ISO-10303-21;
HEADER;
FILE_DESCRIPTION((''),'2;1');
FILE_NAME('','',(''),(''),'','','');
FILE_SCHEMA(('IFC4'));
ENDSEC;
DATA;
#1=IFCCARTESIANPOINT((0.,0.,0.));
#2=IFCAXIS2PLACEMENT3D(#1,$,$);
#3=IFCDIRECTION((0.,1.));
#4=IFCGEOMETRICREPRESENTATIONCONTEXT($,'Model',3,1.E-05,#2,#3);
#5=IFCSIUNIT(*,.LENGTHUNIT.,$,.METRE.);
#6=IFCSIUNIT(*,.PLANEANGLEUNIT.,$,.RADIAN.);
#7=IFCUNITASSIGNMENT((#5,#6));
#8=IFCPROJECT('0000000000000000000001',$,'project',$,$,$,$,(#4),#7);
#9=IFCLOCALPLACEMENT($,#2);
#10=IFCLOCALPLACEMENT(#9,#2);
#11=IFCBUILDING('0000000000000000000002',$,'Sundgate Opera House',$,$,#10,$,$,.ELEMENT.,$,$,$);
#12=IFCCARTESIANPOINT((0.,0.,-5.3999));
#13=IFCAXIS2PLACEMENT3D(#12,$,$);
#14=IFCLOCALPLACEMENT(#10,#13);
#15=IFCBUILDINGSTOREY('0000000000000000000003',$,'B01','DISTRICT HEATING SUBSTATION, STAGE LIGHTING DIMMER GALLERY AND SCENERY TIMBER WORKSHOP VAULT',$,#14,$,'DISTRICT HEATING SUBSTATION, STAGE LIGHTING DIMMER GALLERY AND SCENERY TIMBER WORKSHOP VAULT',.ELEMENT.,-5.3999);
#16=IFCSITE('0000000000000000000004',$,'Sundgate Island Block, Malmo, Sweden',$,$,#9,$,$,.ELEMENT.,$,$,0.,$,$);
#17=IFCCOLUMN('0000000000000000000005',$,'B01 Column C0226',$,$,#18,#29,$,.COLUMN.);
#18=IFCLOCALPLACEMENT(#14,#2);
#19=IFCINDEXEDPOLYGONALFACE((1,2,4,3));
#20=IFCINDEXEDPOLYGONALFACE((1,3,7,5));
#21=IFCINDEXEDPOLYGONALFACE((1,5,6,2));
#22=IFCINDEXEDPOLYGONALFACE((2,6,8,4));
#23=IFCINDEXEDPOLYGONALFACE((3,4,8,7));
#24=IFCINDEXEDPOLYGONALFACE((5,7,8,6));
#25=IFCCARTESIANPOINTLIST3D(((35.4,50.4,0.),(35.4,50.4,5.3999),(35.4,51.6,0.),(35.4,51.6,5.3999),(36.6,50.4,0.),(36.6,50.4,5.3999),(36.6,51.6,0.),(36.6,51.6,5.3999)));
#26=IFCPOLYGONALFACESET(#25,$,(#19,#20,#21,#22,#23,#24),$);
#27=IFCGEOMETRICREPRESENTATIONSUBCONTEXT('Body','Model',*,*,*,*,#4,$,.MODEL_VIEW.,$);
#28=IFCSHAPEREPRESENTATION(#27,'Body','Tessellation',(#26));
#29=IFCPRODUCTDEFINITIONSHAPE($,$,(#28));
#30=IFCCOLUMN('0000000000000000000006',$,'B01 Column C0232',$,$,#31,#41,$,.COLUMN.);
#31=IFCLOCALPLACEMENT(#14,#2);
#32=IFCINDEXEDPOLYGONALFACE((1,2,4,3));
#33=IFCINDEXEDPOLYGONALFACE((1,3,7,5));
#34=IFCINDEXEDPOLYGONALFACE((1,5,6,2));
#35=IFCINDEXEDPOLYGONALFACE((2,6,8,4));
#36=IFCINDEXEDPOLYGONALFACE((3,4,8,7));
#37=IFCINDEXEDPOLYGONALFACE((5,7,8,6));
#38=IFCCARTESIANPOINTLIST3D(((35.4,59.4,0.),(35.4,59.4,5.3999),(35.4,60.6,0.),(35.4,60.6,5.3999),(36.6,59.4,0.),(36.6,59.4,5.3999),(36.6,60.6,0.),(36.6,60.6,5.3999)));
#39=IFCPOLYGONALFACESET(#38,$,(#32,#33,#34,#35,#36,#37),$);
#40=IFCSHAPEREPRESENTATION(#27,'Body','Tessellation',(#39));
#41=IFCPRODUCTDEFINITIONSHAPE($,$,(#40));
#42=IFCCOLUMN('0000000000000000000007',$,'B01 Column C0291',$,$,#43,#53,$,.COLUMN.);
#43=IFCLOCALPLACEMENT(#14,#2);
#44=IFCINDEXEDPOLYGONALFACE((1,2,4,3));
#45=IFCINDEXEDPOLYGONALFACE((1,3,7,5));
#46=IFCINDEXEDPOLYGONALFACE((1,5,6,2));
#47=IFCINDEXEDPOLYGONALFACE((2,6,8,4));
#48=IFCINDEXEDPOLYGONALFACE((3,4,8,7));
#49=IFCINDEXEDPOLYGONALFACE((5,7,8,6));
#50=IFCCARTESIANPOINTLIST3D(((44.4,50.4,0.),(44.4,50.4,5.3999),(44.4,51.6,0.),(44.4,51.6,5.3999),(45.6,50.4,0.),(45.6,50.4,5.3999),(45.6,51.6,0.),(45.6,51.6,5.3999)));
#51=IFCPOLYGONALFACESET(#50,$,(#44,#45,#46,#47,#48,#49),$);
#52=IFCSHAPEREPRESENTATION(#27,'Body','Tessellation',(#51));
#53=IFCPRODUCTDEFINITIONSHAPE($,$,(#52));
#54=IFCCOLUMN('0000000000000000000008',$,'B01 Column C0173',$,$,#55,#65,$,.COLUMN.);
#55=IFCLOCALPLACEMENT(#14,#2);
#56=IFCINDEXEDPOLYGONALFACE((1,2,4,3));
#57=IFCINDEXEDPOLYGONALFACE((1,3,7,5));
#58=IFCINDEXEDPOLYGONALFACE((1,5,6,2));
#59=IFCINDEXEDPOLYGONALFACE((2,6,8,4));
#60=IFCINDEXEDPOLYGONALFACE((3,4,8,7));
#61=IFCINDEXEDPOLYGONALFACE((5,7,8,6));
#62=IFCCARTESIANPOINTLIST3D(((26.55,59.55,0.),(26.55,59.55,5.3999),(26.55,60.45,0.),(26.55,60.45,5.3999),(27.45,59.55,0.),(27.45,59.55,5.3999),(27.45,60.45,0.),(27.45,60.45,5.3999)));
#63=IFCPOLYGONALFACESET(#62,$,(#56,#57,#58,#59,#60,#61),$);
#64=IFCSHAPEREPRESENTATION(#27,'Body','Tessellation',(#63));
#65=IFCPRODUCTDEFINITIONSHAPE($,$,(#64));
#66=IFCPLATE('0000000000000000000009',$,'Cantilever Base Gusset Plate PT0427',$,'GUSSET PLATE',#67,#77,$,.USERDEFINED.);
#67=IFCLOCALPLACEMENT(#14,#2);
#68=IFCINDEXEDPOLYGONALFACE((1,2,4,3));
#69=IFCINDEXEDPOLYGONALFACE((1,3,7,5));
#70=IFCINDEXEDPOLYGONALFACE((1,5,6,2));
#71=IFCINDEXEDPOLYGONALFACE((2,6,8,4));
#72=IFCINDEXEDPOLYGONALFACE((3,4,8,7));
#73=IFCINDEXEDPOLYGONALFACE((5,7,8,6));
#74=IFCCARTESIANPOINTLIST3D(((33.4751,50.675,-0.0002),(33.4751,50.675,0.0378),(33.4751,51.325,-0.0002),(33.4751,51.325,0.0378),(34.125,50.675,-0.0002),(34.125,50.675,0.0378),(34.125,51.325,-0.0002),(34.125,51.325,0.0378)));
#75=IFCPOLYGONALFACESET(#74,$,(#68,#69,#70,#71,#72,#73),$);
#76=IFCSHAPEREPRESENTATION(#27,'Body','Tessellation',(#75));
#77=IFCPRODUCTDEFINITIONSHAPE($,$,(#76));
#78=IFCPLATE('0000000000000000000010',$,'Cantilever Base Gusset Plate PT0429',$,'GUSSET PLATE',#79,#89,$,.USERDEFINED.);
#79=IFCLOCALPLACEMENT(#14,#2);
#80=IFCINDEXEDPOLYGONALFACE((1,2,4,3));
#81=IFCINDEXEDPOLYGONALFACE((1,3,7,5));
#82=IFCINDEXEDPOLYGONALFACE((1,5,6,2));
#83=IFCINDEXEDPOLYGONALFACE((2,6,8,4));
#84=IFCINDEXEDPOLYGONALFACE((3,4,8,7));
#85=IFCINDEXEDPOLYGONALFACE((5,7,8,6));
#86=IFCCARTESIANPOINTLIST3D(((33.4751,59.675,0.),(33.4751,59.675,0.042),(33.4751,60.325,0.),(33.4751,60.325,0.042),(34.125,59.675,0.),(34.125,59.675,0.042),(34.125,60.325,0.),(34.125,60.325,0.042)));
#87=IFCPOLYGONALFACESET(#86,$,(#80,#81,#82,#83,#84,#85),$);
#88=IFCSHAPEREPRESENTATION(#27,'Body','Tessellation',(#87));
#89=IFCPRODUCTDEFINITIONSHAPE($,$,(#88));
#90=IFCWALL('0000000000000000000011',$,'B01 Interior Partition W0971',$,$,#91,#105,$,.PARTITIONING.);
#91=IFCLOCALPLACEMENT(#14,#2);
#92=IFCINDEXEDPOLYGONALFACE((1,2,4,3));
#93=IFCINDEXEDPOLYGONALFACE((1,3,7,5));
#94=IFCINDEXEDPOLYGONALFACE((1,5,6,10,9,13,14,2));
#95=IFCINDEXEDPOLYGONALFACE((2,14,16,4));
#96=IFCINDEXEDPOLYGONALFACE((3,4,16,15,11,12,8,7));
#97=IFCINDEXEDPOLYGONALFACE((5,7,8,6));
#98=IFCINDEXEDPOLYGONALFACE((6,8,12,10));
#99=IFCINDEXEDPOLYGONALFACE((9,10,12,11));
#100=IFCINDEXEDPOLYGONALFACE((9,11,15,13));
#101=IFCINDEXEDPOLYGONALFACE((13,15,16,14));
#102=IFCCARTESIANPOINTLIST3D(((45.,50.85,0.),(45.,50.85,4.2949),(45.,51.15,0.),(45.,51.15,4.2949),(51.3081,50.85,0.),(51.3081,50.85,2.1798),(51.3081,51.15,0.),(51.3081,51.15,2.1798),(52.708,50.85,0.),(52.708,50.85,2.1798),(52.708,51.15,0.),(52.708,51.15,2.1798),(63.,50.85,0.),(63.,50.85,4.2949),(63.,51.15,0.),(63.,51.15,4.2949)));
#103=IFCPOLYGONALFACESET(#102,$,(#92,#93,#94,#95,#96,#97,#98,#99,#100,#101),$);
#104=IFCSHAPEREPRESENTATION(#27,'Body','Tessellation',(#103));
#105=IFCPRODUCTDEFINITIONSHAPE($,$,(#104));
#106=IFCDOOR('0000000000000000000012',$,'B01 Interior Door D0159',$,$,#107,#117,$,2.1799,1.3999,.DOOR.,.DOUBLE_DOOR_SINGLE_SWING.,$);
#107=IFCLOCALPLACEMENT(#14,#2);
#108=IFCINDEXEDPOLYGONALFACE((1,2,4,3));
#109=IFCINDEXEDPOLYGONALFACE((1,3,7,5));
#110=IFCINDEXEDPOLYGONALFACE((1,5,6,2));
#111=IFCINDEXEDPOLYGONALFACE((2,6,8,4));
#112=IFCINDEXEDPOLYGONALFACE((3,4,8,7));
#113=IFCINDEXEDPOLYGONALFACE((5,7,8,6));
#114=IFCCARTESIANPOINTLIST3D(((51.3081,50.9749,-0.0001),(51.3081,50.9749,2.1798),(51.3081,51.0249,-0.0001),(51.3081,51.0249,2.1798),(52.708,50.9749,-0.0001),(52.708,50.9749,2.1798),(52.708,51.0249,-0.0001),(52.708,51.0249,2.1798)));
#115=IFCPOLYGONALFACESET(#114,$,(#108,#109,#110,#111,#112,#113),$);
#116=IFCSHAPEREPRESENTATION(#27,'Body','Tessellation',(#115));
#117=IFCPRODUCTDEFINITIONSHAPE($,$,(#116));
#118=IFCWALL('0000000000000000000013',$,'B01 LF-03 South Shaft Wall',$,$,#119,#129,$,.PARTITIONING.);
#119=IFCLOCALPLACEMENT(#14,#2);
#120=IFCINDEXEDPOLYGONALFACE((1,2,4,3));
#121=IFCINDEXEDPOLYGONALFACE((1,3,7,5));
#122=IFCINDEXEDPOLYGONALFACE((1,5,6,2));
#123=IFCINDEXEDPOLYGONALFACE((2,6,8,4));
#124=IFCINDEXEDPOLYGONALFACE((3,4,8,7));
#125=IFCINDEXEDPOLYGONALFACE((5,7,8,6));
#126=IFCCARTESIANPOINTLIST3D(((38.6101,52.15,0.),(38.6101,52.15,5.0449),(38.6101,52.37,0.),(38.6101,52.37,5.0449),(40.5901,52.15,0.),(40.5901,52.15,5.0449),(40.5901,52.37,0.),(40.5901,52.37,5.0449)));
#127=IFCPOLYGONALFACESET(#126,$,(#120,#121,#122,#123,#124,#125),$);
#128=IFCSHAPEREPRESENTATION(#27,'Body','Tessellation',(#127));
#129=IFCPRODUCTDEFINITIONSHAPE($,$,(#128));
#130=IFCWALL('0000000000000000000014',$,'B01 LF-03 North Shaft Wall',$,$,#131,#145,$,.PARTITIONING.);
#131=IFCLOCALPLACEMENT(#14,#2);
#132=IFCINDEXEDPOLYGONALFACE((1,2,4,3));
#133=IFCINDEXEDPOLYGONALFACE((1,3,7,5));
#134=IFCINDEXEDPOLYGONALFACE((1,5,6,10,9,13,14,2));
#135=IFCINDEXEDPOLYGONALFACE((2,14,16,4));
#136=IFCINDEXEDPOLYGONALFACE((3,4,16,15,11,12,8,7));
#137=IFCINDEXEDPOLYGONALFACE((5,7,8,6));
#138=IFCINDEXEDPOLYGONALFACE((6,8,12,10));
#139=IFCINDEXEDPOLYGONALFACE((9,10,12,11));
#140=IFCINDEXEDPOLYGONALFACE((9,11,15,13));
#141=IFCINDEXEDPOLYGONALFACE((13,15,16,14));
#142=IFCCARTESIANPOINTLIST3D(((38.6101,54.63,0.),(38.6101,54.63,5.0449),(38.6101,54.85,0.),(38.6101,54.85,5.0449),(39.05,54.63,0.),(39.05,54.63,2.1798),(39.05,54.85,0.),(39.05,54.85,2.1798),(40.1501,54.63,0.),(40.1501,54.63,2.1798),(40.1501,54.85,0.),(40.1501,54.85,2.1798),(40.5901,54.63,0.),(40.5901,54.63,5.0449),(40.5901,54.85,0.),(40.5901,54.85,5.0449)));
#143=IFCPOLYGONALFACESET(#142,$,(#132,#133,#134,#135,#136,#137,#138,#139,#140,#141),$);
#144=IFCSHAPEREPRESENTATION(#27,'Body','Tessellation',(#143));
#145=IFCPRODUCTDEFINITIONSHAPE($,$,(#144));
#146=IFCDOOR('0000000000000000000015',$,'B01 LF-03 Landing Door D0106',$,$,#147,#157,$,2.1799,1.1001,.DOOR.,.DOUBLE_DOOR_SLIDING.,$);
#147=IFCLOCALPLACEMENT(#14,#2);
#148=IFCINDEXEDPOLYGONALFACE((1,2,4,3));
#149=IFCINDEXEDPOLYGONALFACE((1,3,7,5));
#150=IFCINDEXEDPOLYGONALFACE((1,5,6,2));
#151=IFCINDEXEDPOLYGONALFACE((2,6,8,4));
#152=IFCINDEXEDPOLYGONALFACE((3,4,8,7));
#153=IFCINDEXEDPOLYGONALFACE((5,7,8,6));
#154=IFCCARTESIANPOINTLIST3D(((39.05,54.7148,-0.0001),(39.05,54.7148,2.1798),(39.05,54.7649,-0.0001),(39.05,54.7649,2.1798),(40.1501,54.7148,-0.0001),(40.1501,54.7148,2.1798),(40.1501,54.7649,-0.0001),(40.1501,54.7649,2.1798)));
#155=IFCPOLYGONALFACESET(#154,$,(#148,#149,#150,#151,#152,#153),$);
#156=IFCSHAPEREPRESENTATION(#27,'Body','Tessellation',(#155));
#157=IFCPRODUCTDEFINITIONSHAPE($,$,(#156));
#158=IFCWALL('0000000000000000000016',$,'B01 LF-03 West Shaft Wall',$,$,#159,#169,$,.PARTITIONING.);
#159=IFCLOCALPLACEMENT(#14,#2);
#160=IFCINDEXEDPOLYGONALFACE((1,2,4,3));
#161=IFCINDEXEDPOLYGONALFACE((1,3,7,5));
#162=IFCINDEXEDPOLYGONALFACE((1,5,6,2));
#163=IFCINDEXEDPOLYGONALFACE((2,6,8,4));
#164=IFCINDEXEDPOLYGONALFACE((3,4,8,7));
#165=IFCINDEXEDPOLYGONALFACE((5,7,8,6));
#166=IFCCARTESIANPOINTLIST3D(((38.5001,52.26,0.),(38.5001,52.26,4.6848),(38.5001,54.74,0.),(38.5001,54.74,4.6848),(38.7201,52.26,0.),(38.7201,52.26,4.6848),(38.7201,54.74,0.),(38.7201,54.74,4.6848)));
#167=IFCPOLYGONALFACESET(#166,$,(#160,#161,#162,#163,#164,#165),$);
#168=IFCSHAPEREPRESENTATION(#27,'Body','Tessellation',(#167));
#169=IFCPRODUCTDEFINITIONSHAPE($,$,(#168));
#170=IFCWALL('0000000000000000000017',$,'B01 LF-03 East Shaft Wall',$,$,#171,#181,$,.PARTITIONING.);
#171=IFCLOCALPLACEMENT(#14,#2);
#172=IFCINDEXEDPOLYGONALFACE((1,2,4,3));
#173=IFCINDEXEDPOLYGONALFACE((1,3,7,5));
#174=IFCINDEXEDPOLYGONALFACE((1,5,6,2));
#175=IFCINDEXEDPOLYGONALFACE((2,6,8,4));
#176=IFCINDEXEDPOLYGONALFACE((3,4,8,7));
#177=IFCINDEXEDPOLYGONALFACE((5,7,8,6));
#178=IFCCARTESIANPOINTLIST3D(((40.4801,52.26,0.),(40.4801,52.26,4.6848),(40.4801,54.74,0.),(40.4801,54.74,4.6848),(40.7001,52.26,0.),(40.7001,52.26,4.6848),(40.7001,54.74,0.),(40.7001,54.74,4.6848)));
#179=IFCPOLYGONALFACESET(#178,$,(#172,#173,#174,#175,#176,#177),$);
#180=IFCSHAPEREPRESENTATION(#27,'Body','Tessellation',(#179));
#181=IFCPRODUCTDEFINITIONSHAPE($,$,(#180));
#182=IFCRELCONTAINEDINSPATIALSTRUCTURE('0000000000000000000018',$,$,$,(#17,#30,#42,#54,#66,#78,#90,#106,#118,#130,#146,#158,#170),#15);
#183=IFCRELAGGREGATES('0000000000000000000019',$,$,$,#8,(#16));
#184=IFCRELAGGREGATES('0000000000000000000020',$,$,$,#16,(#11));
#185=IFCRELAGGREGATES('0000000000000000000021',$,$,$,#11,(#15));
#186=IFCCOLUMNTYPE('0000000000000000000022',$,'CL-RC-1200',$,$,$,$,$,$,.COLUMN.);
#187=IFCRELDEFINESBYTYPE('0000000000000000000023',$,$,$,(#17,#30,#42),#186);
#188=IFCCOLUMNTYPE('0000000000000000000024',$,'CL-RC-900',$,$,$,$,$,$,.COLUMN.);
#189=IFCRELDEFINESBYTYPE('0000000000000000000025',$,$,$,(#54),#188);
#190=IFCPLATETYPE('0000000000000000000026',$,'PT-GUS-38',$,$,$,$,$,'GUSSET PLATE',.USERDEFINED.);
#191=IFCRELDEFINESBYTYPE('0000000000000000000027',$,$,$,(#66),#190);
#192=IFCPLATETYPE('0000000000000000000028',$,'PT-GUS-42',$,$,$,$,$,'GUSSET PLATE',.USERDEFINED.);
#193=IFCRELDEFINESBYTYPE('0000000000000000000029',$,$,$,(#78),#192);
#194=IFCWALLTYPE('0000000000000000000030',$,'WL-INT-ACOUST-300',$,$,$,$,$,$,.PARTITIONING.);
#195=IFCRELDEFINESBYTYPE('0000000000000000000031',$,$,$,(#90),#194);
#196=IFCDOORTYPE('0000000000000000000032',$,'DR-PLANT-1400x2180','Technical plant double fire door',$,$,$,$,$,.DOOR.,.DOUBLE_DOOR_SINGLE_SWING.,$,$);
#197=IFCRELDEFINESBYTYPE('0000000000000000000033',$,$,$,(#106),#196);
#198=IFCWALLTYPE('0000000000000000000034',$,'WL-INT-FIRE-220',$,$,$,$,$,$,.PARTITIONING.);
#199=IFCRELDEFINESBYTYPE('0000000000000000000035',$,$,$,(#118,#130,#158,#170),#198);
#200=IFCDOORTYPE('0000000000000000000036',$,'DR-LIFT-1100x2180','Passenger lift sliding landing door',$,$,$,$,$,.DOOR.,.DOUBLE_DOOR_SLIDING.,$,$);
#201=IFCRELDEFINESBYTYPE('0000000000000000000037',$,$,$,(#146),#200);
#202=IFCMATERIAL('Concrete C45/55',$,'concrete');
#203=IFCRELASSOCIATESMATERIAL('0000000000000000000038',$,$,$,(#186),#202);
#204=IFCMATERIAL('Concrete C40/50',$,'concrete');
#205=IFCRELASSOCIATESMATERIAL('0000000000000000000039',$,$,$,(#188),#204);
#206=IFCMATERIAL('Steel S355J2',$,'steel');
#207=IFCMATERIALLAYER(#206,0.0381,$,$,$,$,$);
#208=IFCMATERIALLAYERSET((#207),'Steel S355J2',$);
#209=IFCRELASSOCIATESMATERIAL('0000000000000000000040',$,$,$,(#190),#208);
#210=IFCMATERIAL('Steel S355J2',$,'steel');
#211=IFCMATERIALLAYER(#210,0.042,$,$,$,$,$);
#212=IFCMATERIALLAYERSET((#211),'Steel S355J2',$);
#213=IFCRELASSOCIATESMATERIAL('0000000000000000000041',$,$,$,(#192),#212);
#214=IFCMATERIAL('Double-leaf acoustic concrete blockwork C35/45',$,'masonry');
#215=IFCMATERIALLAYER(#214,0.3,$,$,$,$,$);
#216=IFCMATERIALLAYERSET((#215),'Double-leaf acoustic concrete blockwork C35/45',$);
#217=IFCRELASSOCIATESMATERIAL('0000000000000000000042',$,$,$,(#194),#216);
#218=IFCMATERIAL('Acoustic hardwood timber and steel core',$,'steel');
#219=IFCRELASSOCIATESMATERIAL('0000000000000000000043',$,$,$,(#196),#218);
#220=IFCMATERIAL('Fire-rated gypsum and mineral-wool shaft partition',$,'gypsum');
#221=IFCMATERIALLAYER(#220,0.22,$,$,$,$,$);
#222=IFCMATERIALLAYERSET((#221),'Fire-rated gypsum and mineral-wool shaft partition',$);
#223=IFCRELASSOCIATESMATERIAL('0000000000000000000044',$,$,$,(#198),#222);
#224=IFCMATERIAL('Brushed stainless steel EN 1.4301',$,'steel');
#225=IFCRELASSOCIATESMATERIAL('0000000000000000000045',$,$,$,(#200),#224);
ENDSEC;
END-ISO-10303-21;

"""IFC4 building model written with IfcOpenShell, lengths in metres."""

from ifc_helpers import new_model, si_unit, direction, frame, frame_2d, origin, origin_2d, place, context, subcontext, project, spatial, rectangle, extrude, material, layer, layer_set, material_profile, profile_set, type_object, element, fill, save


model = new_model("IFC4")

# Units and contexts
model_context = context("Model", 3, precision=1e-05, world=origin(), true_north=direction((0.0, 1.0)))
body_context = subcontext(model_context, "Body", "Model", "MODEL_VIEW")
ifc_project = project(units=[si_unit("LENGTHUNIT", "METRE"), si_unit("PLANEANGLEUNIT", "RADIAN")], contexts=[model_context])

# Site, building, storey
site_placement = place(None, origin())
site = spatial("IfcSite", under=ifc_project, at=site_placement, Name="Sundgate Island Block, Malmo, Sweden", CompositionType="ELEMENT", RefElevation=0.0)
building_placement = place(site_placement, origin())
building = spatial("IfcBuilding", under=site, at=building_placement, Name="Sundgate Opera House", CompositionType="ELEMENT")
storey_placement = place(building_placement, frame((0.0, 0.0, -5.3999)))
storey = spatial("IfcBuildingStorey", under=building, at=storey_placement, Name="B01", Description="DISTRICT HEATING SUBSTATION, STAGE LIGHTING DIMMER GALLERY AND SCENERY TIMBER WORKSHOP VAULT", LongName="DISTRICT HEATING SUBSTATION, STAGE LIGHTING DIMMER GALLERY AND SCENERY TIMBER WORKSHOP VAULT", CompositionType="ELEMENT", Elevation=-5.3999)

# Columns
ifc_material_1 = material(Name="Concrete C45/55", Category="concrete")
ifc_material_profile_1 = material_profile(ifc_material_1, rectangle(XDim=1.2, YDim=1.2, at=origin_2d()), Name="RC 1200x1200")
ifc_profile_set_1 = profile_set([ifc_material_profile_1], Name="Concrete C45/55")
column_type_1 = type_object("IfcColumnType", Name="CL-RC-1200", PredefinedType="COLUMN", material=ifc_profile_set_1)
for number, where, z_axis, x_axis, name in (
    (1, (36.0, 51.0, 0.0), (0.0, 0.0, 1.0), (1.0, 0.0, 0.0), "B01 Column C0226"),
    (2, (36.0, 60.0, 0.0), (0.0, 0.0, 1.0), (1.0, 0.0, 0.0), "B01 Column C0232"),
    (3, (45.0, 51.0, 0.0), (0.0, 0.0, 1.0), (1.0, 0.0, 0.0), "B01 Column C0291"),
):
    element("IfcColumn", number, at=place(storey_placement, frame(where, z_axis=z_axis, x_axis=x_axis)), inside=storey, type_object=column_type_1, Name=name, PredefinedType="COLUMN", context=body_context, shape_type="SweptSolid", body=[
        extrude(rectangle(XDim=1.2, YDim=1.2, at=origin_2d()), origin(), (0.0, 0.0, 1.0), 5.3999),
    ])
ifc_material_2 = material(Name="Concrete C40/50", Category="concrete")
ifc_material_profile_2 = material_profile(ifc_material_2, rectangle(XDim=0.8999, YDim=0.8999, at=origin_2d()), Name="RC 900x900")
ifc_profile_set_2 = profile_set([ifc_material_profile_2], Name="Concrete C40/50")
column_type_2 = type_object("IfcColumnType", Name="CL-RC-900", PredefinedType="COLUMN", material=ifc_profile_set_2)
column_1_placement = place(storey_placement, frame((27.0, 60.0, 0.0), z_axis=(0.0, 0.0, 1.0), x_axis=(1.0, 0.0, 0.0)))
element("IfcColumn", 4, at=column_1_placement, inside=storey, type_object=column_type_2, Name="B01 Column C0173", PredefinedType="COLUMN", context=body_context, shape_type="SweptSolid", body=[
    extrude(rectangle(XDim=0.8999, YDim=0.8999, at=origin_2d()), origin(), (0.0, 0.0, 1.0), 5.3999),
])

# Plates
ifc_material_3 = material(Name="Steel S355J2", Category="steel")
ifc_layer_1 = layer(ifc_material_3, 0.0381)
ifc_layer_set_1 = layer_set([ifc_layer_1], Name="Steel S355J2")
plate_type_1 = type_object("IfcPlateType", Name="PT-GUS-38", ElementType="GUSSET PLATE", PredefinedType="USERDEFINED", material=ifc_layer_set_1)
plate_1_placement = place(storey_placement, frame((33.8, 51.0, -0.0002), z_axis=(0.0, 0.0, 1.0), x_axis=(1.0, 0.0, 0.0)))
element("IfcPlate", 5, at=plate_1_placement, inside=storey, type_object=plate_type_1, Name="Cantilever Base Gusset Plate PT0427", ObjectType="GUSSET PLATE", PredefinedType="USERDEFINED", context=body_context, shape_type="SweptSolid", body=[
    extrude(rectangle(XDim=0.6499, YDim=0.6499, at=origin_2d()), origin(), (0.0, 0.0, 1.0), 0.0381),
])
ifc_material_4 = material(Name="Steel S355J2", Category="steel")
ifc_layer_2 = layer(ifc_material_4, 0.042)
ifc_layer_set_2 = layer_set([ifc_layer_2], Name="Steel S355J2")
plate_type_2 = type_object("IfcPlateType", Name="PT-GUS-42", ElementType="GUSSET PLATE", PredefinedType="USERDEFINED", material=ifc_layer_set_2)
plate_2_placement = place(storey_placement, frame((33.8, 60.0, 0.0), z_axis=(0.0, 0.0, 1.0), x_axis=(1.0, 0.0, 0.0)))
element("IfcPlate", 6, at=plate_2_placement, inside=storey, type_object=plate_type_2, Name="Cantilever Base Gusset Plate PT0429", ObjectType="GUSSET PLATE", PredefinedType="USERDEFINED", context=body_context, shape_type="SweptSolid", body=[
    extrude(rectangle(XDim=0.6499, YDim=0.6499, at=origin_2d()), origin(), (0.0, 0.0, 1.0), 0.042),
])

# Wall, opening, door
ifc_material_5 = material(Name="Double-leaf acoustic concrete blockwork C35/45", Category="masonry")
ifc_layer_3 = layer(ifc_material_5, 0.3)
ifc_layer_set_3 = layer_set([ifc_layer_3], Name="Double-leaf acoustic concrete blockwork C35/45")
wall_type_1 = type_object("IfcWallType", Name="WL-INT-ACOUST-300", PredefinedType="PARTITIONING", material=ifc_layer_set_3)
wall_1_placement = place(storey_placement, frame((45.0, 51.0, 0.0), z_axis=(0.0, 0.0, 1.0), x_axis=(1.0, 0.0, 0.0)))
wall_1 = element("IfcWall", 7, at=wall_1_placement, inside=storey, type_object=wall_type_1, Name="B01 Interior Partition W0971", PredefinedType="PARTITIONING", context=body_context, shape_type="SweptSolid", body=[
    extrude(rectangle(XDim=18.0, YDim=0.3, at=frame_2d((9.0, 0.0))), origin(), (0.0, 0.0, 1.0), 4.2949),
])
opening_1_placement = place(wall_1_placement, frame((6.3081, 0.0, 0.0)))
opening_1 = element("IfcOpeningElement", 8, at=opening_1_placement, cuts=wall_1, PredefinedType="OPENING", context=body_context, shape_type="SweptSolid", body=[
    extrude(rectangle(XDim=1.3999, YDim=2.1799, at=frame_2d((0.7, 1.0898))), frame((0.0, 0.1599, 0.0), z_axis=(0.0, -1.0, 0.0), x_axis=(1.0, 0.0, 0.0)), (0.0, 0.0, 1.0), 0.3201),
])
ifc_material_6 = material(Name="Acoustic hardwood timber and steel core", Category="steel")
door_type_1 = type_object("IfcDoorType", Name="DR-PLANT-1400x2180", Description="Technical plant double fire door", OperationType="DOUBLE_DOOR_SINGLE_SWING", PredefinedType="DOOR", material=ifc_material_6)
door_1_placement = place(opening_1_placement, origin())
door_1 = element("IfcDoor", 9, at=door_1_placement, inside=storey, type_object=door_type_1, Name="B01 Interior Door D0159", OperationType="DOUBLE_DOOR_SINGLE_SWING", OverallHeight=2.1799, OverallWidth=1.3999, PredefinedType="DOOR", context=body_context, shape_type="SweptSolid", body=[
    extrude(rectangle(XDim=1.3999, YDim=2.1799, at=frame_2d((0.7, 1.0898))), frame((0.0, 0.0249, 0.0), z_axis=(0.0, -1.0, 0.0), x_axis=(1.0, 0.0, 0.0)), (0.0, 0.0, 1.0), 0.05),
])
fill(opening_1, door_1)

# Wall
ifc_material_7 = material(Name="Fire-rated gypsum and mineral-wool shaft partition", Category="gypsum")
ifc_layer_4 = layer(ifc_material_7, 0.22)
ifc_layer_set_4 = layer_set([ifc_layer_4], Name="Fire-rated gypsum and mineral-wool shaft partition")
wall_type_2 = type_object("IfcWallType", Name="WL-INT-FIRE-220", PredefinedType="PARTITIONING", material=ifc_layer_set_4)
wall_2_placement = place(storey_placement, frame((38.6101, 52.26, 0.0), z_axis=(0.0, 0.0, 1.0), x_axis=(1.0, 0.0, 0.0)))
element("IfcWall", 10, at=wall_2_placement, inside=storey, type_object=wall_type_2, Name="B01 LF-03 South Shaft Wall", PredefinedType="PARTITIONING", context=body_context, shape_type="SweptSolid", body=[
    extrude(rectangle(XDim=1.98, YDim=0.22, at=frame_2d((0.99, 0.0))), origin(), (0.0, 0.0, 1.0), 5.0449),
])

# Wall, opening, door
wall_3_placement = place(storey_placement, frame((38.6101, 54.74, 0.0), z_axis=(0.0, 0.0, 1.0), x_axis=(1.0, 0.0, 0.0)))
wall_3 = element("IfcWall", 11, at=wall_3_placement, inside=storey, type_object=wall_type_2, Name="B01 LF-03 North Shaft Wall", PredefinedType="PARTITIONING", context=body_context, shape_type="SweptSolid", body=[
    extrude(rectangle(XDim=1.98, YDim=0.22, at=frame_2d((0.99, 0.0))), origin(), (0.0, 0.0, 1.0), 5.0449),
])
opening_2_placement = place(wall_3_placement, frame((0.4399, 0.0, 0.0)))
opening_2 = element("IfcOpeningElement", 12, at=opening_2_placement, cuts=wall_3, PredefinedType="OPENING", context=body_context, shape_type="SweptSolid", body=[
    extrude(rectangle(XDim=1.1001, YDim=2.1799, at=frame_2d((0.55, 1.0898))), frame((0.0, 0.1199, 0.0), z_axis=(0.0, -1.0, 0.0), x_axis=(1.0, 0.0, 0.0)), (0.0, 0.0, 1.0), 0.24),
])
ifc_material_8 = material(Name="Brushed stainless steel EN 1.4301", Category="steel")
door_type_2 = type_object("IfcDoorType", Name="DR-LIFT-1100x2180", Description="Passenger lift sliding landing door", OperationType="DOUBLE_DOOR_SLIDING", PredefinedType="DOOR", material=ifc_material_8)
door_2_placement = place(opening_2_placement, origin())
door_2 = element("IfcDoor", 13, at=door_2_placement, inside=storey, type_object=door_type_2, Name="B01 LF-03 Landing Door D0106", OperationType="DOUBLE_DOOR_SLIDING", OverallHeight=2.1799, OverallWidth=1.1001, PredefinedType="DOOR", context=body_context, shape_type="SweptSolid", body=[
    extrude(rectangle(XDim=1.1001, YDim=2.1799, at=frame_2d((0.55, 1.0898))), frame((0.0, 0.0249, 0.0), z_axis=(0.0, -1.0, 0.0), x_axis=(1.0, 0.0, 0.0)), (0.0, 0.0, 1.0), 0.05),
])
fill(opening_2, door_2)

# Walls
for number, where, z_axis, x_axis, name in (
    (14, (38.6101, 52.26, 0.0), (0.0, 0.0, 1.0), (0.0, 1.0, 0.0), "B01 LF-03 West Shaft Wall"),
    (15, (40.5901, 52.26, 0.0), (0.0, 0.0, 1.0), (0.0, 1.0, 0.0), "B01 LF-03 East Shaft Wall"),
):
    element("IfcWall", number, at=place(storey_placement, frame(where, z_axis=z_axis, x_axis=x_axis)), inside=storey, type_object=wall_type_2, Name=name, PredefinedType="PARTITIONING", context=body_context, shape_type="SweptSolid", body=[
        extrude(rectangle(XDim=2.48, YDim=0.22, at=frame_2d((1.24, 0.0))), origin(), (0.0, 0.0, 1.0), 4.6848),
    ])

save(model, "model.ifc")
